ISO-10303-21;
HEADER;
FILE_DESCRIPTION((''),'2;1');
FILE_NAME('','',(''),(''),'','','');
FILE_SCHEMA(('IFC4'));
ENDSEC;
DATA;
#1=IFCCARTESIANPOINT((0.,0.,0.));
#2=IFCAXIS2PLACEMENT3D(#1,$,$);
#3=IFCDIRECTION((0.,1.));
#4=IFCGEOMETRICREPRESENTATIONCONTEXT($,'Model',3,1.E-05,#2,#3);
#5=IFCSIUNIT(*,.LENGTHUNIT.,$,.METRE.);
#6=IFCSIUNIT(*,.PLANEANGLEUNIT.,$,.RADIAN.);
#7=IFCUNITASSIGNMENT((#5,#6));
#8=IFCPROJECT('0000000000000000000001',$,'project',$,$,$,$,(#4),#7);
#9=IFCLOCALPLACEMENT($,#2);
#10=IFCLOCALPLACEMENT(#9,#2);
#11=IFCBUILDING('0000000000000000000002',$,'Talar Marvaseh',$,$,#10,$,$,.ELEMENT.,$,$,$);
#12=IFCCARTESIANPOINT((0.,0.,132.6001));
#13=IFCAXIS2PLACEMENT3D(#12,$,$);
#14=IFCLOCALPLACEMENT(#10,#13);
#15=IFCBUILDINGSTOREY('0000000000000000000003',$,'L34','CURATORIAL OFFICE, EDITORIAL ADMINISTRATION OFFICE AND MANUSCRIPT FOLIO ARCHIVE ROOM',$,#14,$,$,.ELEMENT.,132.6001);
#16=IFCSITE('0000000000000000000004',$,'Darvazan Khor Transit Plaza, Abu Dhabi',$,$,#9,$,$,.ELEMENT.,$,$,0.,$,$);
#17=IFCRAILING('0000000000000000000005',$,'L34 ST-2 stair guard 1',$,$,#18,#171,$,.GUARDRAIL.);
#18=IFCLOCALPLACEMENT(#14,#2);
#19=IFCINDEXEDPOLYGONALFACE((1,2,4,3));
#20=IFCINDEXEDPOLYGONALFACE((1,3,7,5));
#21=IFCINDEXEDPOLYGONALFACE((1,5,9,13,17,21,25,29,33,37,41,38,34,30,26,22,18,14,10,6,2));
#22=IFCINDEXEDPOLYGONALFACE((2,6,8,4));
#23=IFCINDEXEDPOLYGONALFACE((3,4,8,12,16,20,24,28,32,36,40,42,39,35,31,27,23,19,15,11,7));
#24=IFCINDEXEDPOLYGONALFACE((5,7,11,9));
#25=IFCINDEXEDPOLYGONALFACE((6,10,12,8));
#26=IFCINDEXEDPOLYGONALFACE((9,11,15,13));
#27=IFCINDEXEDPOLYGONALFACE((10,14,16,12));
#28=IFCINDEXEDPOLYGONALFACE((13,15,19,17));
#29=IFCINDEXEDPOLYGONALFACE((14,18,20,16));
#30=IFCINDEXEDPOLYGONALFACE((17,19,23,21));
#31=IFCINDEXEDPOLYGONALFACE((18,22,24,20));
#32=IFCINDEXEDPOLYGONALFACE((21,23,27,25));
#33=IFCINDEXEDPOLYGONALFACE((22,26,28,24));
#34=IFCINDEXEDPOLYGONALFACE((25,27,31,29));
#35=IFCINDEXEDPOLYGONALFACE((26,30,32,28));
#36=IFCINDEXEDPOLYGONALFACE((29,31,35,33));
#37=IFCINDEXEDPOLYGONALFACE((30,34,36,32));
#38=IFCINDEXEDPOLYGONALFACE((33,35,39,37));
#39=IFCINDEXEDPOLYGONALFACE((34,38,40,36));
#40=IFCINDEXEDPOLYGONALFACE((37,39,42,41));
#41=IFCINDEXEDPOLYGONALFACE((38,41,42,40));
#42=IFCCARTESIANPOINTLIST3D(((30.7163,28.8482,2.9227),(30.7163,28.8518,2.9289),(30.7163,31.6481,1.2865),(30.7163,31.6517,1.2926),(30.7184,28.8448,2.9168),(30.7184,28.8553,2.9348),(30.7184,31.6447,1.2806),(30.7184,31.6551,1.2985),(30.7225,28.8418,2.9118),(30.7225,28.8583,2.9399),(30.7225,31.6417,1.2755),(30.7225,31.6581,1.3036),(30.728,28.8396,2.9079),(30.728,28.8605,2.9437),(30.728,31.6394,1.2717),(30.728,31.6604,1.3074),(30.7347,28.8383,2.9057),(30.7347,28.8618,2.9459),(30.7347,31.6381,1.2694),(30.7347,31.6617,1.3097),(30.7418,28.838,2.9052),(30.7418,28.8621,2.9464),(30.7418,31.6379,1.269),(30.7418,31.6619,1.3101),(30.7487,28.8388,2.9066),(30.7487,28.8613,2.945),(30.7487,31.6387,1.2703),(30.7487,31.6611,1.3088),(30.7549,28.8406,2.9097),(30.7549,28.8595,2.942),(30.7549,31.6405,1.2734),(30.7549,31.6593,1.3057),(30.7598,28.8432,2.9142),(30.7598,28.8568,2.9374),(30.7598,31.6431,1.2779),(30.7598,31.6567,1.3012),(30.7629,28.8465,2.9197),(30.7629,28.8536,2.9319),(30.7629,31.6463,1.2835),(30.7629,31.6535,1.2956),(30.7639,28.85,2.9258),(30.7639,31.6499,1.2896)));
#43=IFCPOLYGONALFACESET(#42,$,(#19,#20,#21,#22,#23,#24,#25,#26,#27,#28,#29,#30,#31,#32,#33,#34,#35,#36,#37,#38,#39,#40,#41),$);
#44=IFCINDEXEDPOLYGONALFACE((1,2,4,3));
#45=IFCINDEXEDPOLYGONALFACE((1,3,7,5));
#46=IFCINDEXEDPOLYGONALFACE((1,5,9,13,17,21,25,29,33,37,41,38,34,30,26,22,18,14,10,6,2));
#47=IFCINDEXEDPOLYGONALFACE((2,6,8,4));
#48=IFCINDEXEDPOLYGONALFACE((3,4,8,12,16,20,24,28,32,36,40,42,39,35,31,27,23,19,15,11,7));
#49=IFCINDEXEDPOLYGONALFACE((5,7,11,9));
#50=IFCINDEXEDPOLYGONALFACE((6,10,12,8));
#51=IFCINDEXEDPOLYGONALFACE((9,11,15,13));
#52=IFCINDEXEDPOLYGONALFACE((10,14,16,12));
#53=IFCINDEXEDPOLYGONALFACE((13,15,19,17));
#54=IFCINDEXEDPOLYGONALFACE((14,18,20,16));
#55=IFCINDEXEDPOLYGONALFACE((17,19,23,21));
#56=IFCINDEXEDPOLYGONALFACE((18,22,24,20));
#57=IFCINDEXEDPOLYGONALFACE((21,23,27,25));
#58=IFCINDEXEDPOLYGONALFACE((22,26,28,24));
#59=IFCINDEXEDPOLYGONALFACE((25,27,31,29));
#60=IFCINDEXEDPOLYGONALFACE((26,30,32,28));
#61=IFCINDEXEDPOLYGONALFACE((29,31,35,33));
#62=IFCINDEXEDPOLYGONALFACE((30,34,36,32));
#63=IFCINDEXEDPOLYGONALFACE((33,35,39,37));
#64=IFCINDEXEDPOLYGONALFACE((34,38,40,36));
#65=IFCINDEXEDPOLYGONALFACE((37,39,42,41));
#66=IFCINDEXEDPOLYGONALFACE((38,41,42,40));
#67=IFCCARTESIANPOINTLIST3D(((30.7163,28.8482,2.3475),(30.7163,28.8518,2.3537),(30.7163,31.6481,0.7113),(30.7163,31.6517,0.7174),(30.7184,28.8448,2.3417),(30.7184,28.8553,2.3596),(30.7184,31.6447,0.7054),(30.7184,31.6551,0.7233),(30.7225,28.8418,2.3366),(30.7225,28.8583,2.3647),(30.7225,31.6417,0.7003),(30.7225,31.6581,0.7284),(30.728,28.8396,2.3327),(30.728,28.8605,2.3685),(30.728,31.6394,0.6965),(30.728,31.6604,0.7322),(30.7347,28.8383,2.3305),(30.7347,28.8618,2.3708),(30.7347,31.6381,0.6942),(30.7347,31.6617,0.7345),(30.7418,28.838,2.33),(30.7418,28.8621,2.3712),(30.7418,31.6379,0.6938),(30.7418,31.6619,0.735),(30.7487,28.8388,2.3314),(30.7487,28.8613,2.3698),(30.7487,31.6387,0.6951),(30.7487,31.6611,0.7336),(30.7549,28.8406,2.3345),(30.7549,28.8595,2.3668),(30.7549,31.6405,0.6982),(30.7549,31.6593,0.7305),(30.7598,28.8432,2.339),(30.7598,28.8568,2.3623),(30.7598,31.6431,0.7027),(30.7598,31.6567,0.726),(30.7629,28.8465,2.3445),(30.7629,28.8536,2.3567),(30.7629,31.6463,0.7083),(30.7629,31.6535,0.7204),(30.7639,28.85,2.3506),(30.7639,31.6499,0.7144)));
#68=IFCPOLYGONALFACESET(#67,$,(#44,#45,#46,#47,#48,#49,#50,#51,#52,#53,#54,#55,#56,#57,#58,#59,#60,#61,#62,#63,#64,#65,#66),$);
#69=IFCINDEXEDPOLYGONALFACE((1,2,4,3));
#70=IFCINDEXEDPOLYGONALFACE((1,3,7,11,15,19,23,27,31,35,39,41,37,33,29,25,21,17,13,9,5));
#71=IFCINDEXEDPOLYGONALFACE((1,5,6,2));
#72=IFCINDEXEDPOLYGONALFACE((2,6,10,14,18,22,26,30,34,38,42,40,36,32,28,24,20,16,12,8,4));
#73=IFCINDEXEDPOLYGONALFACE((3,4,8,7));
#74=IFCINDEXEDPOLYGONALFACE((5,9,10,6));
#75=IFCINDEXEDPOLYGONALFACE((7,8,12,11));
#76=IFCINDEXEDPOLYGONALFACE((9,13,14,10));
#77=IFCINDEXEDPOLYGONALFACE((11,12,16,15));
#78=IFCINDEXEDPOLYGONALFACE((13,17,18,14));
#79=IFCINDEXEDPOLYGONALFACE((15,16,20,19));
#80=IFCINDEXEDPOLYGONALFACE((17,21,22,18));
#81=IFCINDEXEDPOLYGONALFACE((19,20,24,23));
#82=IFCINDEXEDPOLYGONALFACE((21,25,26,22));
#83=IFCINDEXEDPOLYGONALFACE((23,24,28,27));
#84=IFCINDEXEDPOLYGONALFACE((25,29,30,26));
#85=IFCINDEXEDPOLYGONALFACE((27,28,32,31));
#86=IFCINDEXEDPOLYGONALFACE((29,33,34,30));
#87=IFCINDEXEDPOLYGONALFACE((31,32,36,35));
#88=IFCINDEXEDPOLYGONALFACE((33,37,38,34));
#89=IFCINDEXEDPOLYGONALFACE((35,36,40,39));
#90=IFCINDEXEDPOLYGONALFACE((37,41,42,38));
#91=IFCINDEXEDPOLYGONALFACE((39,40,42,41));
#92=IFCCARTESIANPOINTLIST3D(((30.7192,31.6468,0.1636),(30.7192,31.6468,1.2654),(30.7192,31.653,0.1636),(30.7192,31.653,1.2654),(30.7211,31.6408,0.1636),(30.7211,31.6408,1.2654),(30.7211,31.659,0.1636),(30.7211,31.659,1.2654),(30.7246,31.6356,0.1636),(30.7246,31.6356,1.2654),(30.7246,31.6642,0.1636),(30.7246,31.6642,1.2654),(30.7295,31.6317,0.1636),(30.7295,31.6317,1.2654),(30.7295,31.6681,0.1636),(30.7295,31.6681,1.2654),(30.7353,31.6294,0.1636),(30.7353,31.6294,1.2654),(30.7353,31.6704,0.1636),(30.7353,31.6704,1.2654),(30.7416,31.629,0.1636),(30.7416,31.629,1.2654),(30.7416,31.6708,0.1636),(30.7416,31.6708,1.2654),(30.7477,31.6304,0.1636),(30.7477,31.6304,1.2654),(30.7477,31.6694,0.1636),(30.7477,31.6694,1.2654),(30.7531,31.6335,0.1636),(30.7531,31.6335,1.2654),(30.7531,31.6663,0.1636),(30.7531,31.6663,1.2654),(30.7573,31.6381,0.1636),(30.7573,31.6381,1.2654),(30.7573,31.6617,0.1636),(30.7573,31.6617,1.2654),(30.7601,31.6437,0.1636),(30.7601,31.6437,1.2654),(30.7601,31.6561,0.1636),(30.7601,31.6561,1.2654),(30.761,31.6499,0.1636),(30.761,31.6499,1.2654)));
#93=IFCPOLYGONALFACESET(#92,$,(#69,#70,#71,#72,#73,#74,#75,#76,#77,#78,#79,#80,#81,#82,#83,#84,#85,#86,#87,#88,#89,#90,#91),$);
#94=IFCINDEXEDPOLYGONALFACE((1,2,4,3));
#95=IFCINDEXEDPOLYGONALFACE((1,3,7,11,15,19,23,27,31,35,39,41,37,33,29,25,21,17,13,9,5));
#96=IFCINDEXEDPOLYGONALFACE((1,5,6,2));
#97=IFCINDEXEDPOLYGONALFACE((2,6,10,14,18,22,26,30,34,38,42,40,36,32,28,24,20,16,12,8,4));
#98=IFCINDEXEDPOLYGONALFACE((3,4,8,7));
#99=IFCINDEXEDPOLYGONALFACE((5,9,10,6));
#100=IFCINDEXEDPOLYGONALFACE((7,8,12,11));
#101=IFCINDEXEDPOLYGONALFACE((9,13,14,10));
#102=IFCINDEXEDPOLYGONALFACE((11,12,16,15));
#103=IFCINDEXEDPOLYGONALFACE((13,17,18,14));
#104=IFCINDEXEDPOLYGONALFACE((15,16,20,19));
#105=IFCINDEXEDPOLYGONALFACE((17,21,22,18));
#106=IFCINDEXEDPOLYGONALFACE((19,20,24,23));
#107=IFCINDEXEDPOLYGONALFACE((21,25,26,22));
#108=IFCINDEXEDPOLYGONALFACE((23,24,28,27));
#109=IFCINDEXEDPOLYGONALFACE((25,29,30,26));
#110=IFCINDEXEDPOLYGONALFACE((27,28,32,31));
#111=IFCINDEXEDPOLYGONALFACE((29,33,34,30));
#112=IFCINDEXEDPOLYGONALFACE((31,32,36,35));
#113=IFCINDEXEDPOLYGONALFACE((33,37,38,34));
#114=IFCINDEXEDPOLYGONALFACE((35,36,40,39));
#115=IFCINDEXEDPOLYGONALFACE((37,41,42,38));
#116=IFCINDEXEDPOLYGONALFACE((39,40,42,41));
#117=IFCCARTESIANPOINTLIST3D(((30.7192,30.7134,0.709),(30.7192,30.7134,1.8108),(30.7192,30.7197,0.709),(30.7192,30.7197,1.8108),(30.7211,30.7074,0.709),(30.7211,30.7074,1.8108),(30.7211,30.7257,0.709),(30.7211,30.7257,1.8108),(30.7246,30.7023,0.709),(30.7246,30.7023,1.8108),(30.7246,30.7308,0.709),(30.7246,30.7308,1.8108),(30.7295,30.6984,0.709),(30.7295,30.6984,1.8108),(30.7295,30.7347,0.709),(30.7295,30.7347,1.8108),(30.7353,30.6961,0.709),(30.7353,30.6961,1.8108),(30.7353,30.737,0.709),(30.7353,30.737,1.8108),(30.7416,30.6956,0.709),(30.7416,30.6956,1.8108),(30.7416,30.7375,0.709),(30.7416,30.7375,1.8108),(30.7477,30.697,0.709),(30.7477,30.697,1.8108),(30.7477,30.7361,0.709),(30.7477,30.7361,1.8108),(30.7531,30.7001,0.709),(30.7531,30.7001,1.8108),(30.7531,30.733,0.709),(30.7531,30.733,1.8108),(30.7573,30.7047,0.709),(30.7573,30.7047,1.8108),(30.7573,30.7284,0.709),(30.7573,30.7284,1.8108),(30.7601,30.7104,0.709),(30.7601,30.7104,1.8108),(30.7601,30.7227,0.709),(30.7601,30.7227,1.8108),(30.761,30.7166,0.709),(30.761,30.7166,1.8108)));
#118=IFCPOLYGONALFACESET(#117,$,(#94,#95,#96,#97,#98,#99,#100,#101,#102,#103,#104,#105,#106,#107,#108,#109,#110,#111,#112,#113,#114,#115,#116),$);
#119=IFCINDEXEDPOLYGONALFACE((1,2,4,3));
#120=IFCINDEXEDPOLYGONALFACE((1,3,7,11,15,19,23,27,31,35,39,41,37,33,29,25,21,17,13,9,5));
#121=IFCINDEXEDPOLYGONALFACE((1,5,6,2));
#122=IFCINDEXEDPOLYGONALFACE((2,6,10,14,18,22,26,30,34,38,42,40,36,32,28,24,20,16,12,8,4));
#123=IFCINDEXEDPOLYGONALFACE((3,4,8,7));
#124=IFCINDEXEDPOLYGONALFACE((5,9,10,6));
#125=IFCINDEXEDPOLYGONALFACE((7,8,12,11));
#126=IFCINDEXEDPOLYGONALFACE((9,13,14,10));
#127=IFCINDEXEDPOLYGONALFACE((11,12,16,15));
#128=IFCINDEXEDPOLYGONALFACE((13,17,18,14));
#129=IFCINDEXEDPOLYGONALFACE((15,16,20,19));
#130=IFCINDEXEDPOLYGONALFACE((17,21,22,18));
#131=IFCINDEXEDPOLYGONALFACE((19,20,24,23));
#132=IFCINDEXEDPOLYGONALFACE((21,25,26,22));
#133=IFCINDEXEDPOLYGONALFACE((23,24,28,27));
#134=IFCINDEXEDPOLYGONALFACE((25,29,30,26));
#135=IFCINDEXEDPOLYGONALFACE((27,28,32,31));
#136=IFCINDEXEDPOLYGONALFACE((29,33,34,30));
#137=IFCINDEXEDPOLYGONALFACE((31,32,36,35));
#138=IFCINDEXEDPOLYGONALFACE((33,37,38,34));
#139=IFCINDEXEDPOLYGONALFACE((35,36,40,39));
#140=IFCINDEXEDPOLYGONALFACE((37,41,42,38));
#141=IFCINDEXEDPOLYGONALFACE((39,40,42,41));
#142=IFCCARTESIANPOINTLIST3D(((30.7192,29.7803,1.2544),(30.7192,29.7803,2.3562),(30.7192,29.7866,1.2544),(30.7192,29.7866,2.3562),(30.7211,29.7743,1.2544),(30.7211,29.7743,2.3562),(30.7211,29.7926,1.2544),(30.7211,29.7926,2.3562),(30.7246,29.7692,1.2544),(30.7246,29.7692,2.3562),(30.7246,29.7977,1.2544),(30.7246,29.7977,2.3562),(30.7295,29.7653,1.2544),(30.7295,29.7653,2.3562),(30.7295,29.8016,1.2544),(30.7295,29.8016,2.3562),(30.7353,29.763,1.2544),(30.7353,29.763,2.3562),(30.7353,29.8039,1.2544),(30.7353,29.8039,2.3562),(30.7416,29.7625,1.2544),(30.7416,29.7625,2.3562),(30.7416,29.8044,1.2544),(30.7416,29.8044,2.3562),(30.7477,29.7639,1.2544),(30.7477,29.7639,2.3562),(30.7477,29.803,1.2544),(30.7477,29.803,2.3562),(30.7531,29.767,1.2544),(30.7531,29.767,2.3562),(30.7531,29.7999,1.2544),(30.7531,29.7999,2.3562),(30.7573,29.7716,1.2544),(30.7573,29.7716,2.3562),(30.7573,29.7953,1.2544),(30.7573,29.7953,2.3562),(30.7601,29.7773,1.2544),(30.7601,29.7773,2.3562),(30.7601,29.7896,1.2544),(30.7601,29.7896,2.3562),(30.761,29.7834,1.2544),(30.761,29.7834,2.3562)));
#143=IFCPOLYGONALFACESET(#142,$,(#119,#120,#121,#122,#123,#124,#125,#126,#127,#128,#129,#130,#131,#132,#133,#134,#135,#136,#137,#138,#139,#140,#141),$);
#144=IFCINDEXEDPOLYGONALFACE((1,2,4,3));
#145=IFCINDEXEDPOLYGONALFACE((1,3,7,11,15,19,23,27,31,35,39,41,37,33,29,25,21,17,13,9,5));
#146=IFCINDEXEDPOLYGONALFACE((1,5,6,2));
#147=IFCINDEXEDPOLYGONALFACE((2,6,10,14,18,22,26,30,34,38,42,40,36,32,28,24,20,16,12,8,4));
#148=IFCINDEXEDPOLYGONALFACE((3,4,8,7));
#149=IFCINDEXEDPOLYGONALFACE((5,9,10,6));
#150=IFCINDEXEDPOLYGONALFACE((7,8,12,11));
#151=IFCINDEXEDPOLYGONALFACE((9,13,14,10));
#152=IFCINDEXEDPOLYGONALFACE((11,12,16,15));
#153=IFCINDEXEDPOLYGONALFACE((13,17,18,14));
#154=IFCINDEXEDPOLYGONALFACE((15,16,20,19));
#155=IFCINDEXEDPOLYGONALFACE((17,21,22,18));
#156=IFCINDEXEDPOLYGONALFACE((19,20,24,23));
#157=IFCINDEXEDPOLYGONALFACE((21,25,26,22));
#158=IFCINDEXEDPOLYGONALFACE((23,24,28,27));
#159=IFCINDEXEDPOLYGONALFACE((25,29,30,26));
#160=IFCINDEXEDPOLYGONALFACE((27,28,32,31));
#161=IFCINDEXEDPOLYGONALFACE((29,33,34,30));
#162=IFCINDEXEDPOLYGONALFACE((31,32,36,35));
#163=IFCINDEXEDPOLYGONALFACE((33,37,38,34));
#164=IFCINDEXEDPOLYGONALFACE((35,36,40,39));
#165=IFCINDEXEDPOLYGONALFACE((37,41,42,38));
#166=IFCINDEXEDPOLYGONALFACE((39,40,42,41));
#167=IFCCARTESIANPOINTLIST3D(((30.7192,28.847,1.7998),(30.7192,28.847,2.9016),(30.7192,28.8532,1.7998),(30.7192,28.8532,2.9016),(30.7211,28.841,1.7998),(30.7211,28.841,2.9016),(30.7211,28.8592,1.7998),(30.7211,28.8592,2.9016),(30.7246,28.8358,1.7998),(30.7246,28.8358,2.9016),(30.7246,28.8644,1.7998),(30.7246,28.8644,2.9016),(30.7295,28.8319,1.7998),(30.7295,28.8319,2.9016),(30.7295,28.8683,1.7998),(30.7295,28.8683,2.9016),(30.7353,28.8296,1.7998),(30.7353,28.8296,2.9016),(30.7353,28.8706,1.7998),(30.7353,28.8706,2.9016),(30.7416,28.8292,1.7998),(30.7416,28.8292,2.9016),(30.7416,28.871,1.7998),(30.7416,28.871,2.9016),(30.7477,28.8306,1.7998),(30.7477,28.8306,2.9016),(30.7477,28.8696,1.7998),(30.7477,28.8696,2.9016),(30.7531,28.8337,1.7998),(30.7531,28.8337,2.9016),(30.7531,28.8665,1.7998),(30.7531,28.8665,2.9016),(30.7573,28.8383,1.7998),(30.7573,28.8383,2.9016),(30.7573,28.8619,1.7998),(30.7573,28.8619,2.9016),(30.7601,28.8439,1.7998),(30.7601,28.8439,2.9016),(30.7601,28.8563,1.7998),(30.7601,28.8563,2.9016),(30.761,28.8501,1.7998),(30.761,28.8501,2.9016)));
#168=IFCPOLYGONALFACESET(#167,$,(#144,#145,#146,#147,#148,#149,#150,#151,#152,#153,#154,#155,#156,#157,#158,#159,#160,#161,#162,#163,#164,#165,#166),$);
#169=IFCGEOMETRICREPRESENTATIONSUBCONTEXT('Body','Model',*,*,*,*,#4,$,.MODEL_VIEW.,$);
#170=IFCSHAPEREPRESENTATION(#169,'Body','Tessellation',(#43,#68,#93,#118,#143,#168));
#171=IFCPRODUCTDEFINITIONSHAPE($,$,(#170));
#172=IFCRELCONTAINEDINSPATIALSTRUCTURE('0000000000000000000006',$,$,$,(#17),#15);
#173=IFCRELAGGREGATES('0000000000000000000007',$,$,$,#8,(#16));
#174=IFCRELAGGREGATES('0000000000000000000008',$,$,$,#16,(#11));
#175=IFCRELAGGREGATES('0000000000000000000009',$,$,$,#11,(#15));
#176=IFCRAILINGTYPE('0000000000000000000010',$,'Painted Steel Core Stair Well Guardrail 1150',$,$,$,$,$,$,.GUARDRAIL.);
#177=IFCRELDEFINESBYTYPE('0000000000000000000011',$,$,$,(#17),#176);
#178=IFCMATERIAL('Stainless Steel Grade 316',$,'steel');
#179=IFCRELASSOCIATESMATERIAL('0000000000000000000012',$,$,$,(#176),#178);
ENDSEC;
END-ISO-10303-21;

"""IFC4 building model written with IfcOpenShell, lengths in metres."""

from ifc_helpers import new_model, si_unit, direction, frame, origin, origin_2d, place, context, subcontext, project, spatial, circle, extrude, material, type_object, element, save


model = new_model("IFC4")

# Units and contexts
model_context = context("Model", 3, precision=1e-05, world=origin(), true_north=direction((0.0, 1.0)))
body_context = subcontext(model_context, "Body", "Model", "MODEL_VIEW")
ifc_project = project(units=[si_unit("LENGTHUNIT", "METRE"), si_unit("PLANEANGLEUNIT", "RADIAN")], contexts=[model_context])

# Site, building, storey
site_placement = place(None, origin())
site = spatial("IfcSite", under=ifc_project, at=site_placement, Name="Darvazan Khor Transit Plaza, Abu Dhabi", CompositionType="ELEMENT", RefElevation=0.0)
building_placement = place(site_placement, origin())
building = spatial("IfcBuilding", under=site, at=building_placement, Name="Talar Marvaseh", CompositionType="ELEMENT")
storey_placement = place(building_placement, frame((0.0, 0.0, 132.6001)))
storey = spatial("IfcBuildingStorey", under=building, at=storey_placement, Name="L34", Description="CURATORIAL OFFICE, EDITORIAL ADMINISTRATION OFFICE AND MANUSCRIPT FOLIO ARCHIVE ROOM", CompositionType="ELEMENT", Elevation=132.6001)

# Shared definitions
ifc_material_1 = material(Name="Stainless Steel Grade 316", Category="steel")

# Railing
railing_type_1 = type_object("IfcRailingType", Name="Painted Steel Core Stair Well Guardrail 1150", PredefinedType="GUARDRAIL", material=ifc_material_1)
railing_1_placement = place(storey_placement, frame((30.74, 31.6499, 0.1636)))
element("IfcRailing", 1, at=railing_1_placement, inside=storey, type_object=railing_type_1, Name="L34 ST-2 stair guard 1", PredefinedType="GUARDRAIL", context=body_context, shape_type="SweptSolid", body=[
    extrude(circle(Radius=0.0239, at=origin_2d()), frame((0.0, 0.0, 1.126), z_axis=(0.0, -0.863374, 0.504564), x_axis=(1.0, 0.0, 0.0)), (0.0, 0.0, 1.0), 3.2429),
    extrude(circle(Radius=0.0239, at=origin_2d()), frame((0.0, 0.0, 0.5508), z_axis=(0.0, -0.863374, 0.504564), x_axis=(1.0, 0.0, 0.0)), (0.0, 0.0, 1.0), 3.2429),
    extrude(circle(Radius=0.021, at=origin_2d()), origin(), (0.0, 0.0, 1.0), 1.1018),
    extrude(circle(Radius=0.021, at=origin_2d()), frame((0.0, -0.9333, 0.5454)), (0.0, 0.0, 1.0), 1.1018),
    extrude(circle(Radius=0.021, at=origin_2d()), frame((0.0, -1.8665, 1.0908)), (0.0, 0.0, 1.0), 1.1018),
    extrude(circle(Radius=0.021, at=origin_2d()), frame((0.0, -2.7998, 1.6362)), (0.0, 0.0, 1.0), 1.1018),
])

save(model, "model.ifc")
